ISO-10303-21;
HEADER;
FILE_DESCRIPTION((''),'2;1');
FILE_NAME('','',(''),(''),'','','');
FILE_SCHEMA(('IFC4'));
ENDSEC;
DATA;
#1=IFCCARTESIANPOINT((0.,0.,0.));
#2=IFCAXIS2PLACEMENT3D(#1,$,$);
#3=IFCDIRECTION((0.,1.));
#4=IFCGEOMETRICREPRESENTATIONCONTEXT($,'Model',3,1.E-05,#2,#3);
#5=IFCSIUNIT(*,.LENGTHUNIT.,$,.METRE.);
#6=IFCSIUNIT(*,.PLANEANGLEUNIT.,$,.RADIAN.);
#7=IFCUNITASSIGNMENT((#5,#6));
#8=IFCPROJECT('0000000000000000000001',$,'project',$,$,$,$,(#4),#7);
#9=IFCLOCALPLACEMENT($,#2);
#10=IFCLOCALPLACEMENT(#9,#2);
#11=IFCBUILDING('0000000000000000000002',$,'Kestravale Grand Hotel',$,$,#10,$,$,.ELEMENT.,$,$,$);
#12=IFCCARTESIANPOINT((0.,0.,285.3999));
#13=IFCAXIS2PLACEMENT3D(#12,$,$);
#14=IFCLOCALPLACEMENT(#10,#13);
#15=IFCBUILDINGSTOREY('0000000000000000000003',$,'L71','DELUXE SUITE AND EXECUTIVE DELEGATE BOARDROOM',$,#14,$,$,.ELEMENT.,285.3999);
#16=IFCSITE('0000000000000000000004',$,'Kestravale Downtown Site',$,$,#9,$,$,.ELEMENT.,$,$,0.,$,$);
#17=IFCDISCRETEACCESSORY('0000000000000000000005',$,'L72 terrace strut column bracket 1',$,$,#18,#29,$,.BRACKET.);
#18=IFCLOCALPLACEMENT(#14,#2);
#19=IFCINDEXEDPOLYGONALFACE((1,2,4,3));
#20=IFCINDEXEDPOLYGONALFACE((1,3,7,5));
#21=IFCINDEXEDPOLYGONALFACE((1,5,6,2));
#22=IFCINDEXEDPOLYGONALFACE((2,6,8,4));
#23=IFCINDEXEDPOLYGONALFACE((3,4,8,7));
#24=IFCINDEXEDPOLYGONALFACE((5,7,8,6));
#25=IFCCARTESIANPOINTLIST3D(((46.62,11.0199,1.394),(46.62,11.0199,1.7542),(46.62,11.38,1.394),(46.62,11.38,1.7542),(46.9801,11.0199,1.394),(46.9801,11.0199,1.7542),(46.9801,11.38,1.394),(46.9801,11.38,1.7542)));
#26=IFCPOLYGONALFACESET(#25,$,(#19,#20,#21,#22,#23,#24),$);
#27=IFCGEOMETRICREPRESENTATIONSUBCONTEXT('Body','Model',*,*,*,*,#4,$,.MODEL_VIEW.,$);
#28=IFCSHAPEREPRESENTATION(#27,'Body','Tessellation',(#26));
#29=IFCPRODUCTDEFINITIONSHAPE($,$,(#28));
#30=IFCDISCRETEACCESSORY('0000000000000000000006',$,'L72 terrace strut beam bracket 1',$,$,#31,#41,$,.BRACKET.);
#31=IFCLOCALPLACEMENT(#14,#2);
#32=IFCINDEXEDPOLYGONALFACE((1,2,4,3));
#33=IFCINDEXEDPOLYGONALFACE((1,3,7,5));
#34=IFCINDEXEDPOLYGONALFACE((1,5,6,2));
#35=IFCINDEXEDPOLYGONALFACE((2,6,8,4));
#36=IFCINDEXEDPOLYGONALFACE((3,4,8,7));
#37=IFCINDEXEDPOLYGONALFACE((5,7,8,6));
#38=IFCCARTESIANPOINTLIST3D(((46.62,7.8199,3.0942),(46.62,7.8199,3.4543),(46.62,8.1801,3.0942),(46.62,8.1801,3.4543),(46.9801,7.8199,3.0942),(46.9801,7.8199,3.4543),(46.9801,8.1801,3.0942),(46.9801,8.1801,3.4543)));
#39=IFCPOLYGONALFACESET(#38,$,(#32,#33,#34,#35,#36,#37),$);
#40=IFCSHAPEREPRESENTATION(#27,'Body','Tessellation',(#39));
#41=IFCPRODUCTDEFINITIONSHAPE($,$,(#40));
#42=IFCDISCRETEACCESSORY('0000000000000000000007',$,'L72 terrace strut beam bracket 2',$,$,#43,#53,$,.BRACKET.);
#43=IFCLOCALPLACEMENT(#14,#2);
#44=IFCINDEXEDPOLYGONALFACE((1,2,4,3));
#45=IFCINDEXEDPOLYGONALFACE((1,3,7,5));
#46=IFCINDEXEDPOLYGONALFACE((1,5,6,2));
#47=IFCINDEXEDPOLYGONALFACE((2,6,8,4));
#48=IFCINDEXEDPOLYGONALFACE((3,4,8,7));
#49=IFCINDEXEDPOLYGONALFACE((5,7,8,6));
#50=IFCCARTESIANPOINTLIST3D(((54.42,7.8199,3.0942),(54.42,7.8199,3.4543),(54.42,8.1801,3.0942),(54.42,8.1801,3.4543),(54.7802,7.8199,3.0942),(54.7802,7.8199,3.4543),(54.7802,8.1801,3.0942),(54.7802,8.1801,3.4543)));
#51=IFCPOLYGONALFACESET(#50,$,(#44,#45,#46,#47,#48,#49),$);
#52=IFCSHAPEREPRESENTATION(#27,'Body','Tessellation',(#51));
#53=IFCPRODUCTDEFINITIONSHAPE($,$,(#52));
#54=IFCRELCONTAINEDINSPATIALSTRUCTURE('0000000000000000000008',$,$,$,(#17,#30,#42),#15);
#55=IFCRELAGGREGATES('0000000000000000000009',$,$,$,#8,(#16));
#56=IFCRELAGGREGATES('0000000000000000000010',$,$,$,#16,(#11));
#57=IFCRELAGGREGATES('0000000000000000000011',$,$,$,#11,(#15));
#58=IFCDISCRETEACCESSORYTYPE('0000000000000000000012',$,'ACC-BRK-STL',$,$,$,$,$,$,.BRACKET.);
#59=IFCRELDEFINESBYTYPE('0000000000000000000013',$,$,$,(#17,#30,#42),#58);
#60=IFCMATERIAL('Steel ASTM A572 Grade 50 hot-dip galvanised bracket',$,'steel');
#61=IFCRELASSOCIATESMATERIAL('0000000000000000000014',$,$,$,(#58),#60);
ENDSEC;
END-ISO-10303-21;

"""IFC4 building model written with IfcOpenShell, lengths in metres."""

from ifc_helpers import new_model, si_unit, direction, frame, origin, origin_2d, place, context, subcontext, project, spatial, rectangle, extrude, material, type_object, element, save


model = new_model("IFC4")

# Units and contexts
model_context = context("Model", 3, precision=1e-05, world=origin(), true_north=direction((0.0, 1.0)))
body_context = subcontext(model_context, "Body", "Model", "MODEL_VIEW")
ifc_project = project(units=[si_unit("LENGTHUNIT", "METRE"), si_unit("PLANEANGLEUNIT", "RADIAN")], contexts=[model_context])

# Site, building, storey
site_placement = place(None, origin())
site = spatial("IfcSite", under=ifc_project, at=site_placement, Name="Kestravale Downtown Site", CompositionType="ELEMENT", RefElevation=0.0)
building_placement = place(site_placement, origin())
building = spatial("IfcBuilding", under=site, at=building_placement, Name="Kestravale Grand Hotel", CompositionType="ELEMENT")
storey_placement = place(building_placement, frame((0.0, 0.0, 285.3999)))
storey = spatial("IfcBuildingStorey", under=building, at=storey_placement, Name="L71", Description="DELUXE SUITE AND EXECUTIVE DELEGATE BOARDROOM", CompositionType="ELEMENT", Elevation=285.3999)

# Discrete accessories
ifc_material_1 = material(Name="Steel ASTM A572 Grade 50 hot-dip galvanised bracket", Category="steel")
discrete_accessory_type = type_object("IfcDiscreteAccessoryType", Name="ACC-BRK-STL", PredefinedType="BRACKET", material=ifc_material_1)
for number, where, z_axis, x_axis, name in (
    (1, (46.8, 11.2, 1.394), (0.0, 0.0, 1.0), (1.0, 0.0, 0.0), "L72 terrace strut column bracket 1"),
    (2, (46.8, 8.0, 3.0942), (0.0, 0.0, 1.0), (1.0, 0.0, 0.0), "L72 terrace strut beam bracket 1"),
    (3, (54.6001, 8.0, 3.0942), (0.0, 0.0, 1.0), (1.0, 0.0, 0.0), "L72 terrace strut beam bracket 2"),
):
    element("IfcDiscreteAccessory", number, at=place(storey_placement, frame(where, z_axis=z_axis, x_axis=x_axis)), inside=storey, type_object=discrete_accessory_type, Name=name, PredefinedType="BRACKET", context=body_context, shape_type="SweptSolid", body=[
        extrude(rectangle(XDim=0.3601, YDim=0.3601, at=origin_2d()), origin(), (0.0, 0.0, 1.0), 0.3601),
    ])

save(model, "model.ifc")
